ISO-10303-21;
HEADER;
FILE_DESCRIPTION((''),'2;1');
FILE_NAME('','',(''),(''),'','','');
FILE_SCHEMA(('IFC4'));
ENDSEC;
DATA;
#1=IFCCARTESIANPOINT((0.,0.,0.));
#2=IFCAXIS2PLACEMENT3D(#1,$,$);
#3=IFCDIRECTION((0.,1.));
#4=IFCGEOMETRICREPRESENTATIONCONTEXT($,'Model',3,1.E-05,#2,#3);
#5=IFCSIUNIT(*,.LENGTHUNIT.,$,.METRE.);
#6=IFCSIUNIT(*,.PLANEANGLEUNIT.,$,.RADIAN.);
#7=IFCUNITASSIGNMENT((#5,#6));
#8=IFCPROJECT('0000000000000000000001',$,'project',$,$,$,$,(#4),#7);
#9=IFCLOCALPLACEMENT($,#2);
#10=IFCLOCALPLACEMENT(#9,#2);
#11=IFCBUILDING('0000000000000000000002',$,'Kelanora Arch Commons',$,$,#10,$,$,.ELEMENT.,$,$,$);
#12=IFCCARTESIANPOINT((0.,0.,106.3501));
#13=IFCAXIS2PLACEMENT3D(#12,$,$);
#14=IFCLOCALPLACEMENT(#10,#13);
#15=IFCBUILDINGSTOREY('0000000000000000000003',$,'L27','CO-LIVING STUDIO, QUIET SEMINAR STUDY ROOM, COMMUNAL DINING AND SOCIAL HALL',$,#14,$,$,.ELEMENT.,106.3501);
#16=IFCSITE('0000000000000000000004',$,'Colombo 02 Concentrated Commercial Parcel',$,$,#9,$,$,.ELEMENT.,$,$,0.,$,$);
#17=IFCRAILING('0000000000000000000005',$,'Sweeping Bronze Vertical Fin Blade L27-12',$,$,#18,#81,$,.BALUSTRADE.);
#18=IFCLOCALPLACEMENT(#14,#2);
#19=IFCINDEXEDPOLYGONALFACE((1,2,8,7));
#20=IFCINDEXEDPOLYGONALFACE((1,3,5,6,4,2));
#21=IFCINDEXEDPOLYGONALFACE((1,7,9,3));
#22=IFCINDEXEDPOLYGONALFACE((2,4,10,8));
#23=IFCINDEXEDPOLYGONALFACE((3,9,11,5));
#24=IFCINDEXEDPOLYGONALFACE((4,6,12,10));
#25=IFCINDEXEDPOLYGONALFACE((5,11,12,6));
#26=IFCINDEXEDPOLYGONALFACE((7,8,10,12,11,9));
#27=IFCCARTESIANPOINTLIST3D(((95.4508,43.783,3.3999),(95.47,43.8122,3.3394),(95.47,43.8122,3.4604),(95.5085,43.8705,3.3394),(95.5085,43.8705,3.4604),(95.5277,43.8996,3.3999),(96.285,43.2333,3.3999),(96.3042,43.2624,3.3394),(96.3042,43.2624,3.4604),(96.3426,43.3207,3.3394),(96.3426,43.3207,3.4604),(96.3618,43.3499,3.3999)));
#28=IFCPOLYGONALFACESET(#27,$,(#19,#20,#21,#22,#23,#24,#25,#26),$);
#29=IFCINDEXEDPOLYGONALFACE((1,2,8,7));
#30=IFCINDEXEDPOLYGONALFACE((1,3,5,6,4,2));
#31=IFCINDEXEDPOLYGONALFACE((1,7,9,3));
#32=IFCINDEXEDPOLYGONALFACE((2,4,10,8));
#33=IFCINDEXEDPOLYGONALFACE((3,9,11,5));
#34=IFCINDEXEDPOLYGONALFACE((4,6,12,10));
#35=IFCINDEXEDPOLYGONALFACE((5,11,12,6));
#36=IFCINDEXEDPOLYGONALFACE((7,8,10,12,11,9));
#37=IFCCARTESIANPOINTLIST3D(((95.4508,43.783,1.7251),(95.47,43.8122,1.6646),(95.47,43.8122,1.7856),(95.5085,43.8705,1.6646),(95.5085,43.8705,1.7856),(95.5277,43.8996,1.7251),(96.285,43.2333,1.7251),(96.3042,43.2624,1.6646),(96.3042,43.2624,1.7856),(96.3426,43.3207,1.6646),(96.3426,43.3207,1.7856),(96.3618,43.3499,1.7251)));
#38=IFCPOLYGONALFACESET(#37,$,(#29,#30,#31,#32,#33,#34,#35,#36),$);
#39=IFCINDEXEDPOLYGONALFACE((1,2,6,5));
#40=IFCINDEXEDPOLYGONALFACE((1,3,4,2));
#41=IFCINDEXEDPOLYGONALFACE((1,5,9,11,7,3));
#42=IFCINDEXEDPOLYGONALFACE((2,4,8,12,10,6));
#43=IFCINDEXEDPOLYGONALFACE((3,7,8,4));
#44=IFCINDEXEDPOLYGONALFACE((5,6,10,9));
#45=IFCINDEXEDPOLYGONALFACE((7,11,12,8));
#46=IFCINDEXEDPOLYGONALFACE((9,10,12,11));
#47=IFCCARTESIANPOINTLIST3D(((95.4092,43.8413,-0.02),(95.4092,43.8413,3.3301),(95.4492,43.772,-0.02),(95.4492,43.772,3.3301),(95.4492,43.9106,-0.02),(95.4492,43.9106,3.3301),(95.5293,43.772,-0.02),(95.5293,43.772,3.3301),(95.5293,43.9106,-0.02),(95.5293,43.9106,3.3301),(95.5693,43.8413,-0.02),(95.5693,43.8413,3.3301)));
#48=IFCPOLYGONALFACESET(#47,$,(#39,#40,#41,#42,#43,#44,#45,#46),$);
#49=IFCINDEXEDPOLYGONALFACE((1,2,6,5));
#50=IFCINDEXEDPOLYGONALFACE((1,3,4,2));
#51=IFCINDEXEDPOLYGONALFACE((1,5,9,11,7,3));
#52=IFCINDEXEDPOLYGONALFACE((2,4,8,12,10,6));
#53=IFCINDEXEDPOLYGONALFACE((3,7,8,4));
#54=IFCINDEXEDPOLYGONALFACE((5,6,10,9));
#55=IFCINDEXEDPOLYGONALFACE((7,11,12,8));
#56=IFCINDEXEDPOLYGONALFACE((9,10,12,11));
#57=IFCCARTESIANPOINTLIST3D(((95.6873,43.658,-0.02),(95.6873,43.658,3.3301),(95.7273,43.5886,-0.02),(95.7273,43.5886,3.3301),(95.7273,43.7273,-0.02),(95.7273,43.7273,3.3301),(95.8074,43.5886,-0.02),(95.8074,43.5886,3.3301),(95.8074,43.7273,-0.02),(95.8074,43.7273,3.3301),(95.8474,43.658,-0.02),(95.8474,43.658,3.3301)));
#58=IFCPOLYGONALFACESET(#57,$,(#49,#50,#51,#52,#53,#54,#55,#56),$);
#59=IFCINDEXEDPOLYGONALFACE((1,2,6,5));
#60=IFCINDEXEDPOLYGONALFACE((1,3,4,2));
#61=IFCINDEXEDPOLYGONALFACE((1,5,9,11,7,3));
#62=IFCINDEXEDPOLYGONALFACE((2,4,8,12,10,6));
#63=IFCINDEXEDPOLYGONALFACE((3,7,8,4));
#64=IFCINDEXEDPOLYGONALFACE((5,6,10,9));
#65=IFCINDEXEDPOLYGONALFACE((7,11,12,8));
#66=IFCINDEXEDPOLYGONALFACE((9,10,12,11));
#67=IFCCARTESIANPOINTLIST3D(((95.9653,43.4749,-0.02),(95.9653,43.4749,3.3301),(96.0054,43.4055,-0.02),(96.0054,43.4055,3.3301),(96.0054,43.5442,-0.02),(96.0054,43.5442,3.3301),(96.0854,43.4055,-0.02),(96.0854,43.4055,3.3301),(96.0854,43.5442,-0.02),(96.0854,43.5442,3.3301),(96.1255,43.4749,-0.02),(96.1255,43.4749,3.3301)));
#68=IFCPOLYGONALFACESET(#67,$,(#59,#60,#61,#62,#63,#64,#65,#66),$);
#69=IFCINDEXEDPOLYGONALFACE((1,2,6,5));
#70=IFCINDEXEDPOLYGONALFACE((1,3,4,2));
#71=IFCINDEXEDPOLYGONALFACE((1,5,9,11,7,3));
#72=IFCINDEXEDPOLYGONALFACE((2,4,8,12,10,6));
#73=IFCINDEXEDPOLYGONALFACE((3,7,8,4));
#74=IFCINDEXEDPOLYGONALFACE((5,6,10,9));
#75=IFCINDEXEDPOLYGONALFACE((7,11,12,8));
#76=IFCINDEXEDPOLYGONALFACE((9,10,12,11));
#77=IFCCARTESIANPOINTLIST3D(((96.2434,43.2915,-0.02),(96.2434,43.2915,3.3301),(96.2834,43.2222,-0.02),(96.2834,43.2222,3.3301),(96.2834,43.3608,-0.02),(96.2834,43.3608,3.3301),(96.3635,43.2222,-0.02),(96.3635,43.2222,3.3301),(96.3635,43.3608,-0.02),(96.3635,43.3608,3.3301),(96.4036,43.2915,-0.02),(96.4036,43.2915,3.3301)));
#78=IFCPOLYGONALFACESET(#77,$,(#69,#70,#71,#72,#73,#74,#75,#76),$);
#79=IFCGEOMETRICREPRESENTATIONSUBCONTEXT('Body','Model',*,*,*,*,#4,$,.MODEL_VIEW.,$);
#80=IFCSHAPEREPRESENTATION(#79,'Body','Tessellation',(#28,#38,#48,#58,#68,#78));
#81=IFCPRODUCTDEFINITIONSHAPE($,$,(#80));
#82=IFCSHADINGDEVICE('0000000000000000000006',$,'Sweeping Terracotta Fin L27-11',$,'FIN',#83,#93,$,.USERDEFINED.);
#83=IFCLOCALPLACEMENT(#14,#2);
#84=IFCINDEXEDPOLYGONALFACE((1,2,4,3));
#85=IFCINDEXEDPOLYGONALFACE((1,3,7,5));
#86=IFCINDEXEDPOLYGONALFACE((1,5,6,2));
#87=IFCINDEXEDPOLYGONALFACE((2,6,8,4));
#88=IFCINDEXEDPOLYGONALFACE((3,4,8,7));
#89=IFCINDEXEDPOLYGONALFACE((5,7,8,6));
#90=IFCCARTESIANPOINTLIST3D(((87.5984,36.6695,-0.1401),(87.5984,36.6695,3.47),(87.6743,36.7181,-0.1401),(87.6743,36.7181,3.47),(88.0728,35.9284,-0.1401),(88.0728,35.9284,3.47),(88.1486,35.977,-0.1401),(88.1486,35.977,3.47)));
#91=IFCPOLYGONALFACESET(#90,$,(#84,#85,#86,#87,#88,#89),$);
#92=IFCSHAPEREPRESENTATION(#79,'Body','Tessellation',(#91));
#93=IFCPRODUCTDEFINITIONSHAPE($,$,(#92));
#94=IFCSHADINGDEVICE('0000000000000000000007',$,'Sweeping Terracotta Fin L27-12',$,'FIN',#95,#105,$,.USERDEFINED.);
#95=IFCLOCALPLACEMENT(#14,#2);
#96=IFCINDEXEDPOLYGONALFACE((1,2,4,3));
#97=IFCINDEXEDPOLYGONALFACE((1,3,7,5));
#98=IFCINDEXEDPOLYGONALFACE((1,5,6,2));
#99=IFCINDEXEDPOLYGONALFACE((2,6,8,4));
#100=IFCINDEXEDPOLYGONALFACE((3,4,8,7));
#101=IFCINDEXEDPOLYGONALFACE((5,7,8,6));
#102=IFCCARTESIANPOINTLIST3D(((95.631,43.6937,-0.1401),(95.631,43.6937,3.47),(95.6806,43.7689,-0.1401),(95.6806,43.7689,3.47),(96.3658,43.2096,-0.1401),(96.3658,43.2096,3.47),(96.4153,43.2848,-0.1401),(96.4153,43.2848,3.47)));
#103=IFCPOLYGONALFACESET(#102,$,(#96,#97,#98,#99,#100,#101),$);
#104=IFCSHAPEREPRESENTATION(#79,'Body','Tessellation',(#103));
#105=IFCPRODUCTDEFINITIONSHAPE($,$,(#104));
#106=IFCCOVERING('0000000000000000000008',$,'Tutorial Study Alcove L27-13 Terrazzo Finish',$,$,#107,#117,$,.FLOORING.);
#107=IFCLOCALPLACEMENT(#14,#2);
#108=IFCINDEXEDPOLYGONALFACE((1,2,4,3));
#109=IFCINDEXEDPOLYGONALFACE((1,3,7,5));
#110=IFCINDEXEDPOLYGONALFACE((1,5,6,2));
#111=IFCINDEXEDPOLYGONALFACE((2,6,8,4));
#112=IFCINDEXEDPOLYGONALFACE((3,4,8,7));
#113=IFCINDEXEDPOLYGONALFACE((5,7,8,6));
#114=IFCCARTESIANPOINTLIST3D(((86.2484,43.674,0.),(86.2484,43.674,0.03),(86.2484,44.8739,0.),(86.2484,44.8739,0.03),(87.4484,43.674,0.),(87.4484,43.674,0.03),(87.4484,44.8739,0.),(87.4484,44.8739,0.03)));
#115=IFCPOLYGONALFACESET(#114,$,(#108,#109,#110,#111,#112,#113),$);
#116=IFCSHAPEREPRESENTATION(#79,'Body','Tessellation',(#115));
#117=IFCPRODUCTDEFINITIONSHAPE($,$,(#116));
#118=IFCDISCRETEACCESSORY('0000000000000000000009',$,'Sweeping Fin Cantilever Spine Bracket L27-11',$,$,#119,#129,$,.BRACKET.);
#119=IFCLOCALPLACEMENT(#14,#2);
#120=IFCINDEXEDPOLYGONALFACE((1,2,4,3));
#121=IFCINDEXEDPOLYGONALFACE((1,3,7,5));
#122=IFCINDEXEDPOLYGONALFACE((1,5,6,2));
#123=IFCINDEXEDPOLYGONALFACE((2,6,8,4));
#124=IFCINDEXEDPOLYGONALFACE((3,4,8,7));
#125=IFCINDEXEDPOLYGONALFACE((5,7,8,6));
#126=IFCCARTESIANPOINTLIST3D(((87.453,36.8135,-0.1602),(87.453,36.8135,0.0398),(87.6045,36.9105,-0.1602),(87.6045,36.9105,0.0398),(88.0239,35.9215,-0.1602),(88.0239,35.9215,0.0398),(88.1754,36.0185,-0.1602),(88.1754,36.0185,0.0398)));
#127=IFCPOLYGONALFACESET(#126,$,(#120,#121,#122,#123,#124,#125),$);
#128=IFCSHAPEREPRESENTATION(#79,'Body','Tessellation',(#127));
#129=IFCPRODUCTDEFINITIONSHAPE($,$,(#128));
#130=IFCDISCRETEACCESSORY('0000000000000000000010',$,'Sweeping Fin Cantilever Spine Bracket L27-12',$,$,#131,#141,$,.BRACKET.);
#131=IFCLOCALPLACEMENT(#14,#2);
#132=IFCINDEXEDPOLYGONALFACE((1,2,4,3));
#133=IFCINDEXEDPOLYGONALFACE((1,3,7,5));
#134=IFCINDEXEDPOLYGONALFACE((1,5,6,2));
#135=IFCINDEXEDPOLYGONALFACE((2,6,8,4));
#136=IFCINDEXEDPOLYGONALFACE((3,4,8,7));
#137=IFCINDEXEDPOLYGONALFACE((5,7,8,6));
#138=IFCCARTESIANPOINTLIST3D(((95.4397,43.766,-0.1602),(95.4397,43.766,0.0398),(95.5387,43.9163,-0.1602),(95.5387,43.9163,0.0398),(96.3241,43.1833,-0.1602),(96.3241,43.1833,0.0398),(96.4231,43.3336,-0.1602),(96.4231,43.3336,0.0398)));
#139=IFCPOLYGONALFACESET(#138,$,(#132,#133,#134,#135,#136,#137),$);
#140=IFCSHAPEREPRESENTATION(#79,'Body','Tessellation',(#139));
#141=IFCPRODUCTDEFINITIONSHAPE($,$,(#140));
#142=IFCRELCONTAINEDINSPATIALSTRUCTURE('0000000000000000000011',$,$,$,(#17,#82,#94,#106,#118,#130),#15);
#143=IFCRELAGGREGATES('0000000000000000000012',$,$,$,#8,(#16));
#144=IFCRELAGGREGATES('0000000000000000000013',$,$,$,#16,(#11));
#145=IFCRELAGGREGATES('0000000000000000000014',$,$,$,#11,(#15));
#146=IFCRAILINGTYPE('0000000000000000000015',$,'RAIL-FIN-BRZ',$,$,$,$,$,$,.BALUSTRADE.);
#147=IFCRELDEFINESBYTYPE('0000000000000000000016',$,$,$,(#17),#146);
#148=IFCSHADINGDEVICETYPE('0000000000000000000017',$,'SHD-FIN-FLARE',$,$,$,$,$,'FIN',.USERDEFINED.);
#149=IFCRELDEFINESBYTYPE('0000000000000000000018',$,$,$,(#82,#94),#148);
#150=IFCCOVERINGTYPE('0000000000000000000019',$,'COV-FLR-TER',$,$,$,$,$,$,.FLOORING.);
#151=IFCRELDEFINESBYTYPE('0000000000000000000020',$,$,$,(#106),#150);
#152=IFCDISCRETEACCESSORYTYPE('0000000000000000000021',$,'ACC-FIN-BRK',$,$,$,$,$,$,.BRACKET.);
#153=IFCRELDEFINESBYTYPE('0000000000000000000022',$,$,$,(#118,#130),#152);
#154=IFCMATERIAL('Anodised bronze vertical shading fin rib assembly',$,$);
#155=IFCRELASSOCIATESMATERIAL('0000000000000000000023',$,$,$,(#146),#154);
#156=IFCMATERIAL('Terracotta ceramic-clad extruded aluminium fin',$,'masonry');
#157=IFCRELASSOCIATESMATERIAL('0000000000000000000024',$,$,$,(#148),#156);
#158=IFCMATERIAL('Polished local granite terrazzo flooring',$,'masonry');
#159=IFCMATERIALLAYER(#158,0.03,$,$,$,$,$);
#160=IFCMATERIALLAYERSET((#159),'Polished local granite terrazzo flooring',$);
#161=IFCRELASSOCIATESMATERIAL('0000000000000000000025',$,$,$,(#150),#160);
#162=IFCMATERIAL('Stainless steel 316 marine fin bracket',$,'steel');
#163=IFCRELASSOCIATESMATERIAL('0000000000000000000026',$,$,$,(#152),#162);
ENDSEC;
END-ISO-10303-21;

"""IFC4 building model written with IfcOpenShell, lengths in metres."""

from ifc_helpers import new_model, si_unit, direction, frame, origin, origin_2d, place, context, subcontext, project, spatial, polyline, rectangle, outline, extrude, source, transform, mapped, material, layer, layer_set, type_object, element, save


model = new_model("IFC4")

# Units and contexts
model_context = context("Model", 3, precision=1e-05, world=origin(), true_north=direction((0.0, 1.0)))
body_context = subcontext(model_context, "Body", "Model", "MODEL_VIEW")
ifc_project = project(units=[si_unit("LENGTHUNIT", "METRE"), si_unit("PLANEANGLEUNIT", "RADIAN")], contexts=[model_context])

# Site, building, storey
site_placement = place(None, origin())
site = spatial("IfcSite", under=ifc_project, at=site_placement, Name="Colombo 02 Concentrated Commercial Parcel", CompositionType="ELEMENT", RefElevation=0.0)
building_placement = place(site_placement, origin())
building = spatial("IfcBuilding", under=site, at=building_placement, Name="Kelanora Arch Commons", CompositionType="ELEMENT")
storey_placement = place(building_placement, frame((0.0, 0.0, 106.3501)))
storey = spatial("IfcBuildingStorey", under=building, at=storey_placement, Name="L27", Description="CO-LIVING STUDIO, QUIET SEMINAR STUDY ROOM, COMMUNAL DINING AND SOCIAL HALL", CompositionType="ELEMENT", Elevation=106.3501)

# Railing
ifc_material_1 = material(Name="Anodised bronze vertical shading fin rib assembly")
railing_type = type_object("IfcRailingType", Name="RAIL-FIN-BRZ", PredefinedType="BALUSTRADE", material=ifc_material_1)
railing_1_placement = place(storey_placement, frame((95.4893, 43.8413, -0.02)))
element("IfcRailing", 1, at=railing_1_placement, inside=storey, type_object=railing_type, Name="Sweeping Bronze Vertical Fin Blade L27-12", PredefinedType="BALUSTRADE", context=body_context, shape_type="SweptSolid", body=[
    extrude(outline(polyline([(0.0698, 0.0), (0.0349, 0.0605), (-0.0349, 0.0605), (-0.0698, 0.0), (-0.0349, -0.0605), (0.0349, -0.0605), (0.0698, 0.0)])), frame((0.0, 0.0, 3.4199), z_axis=(0.834971, -0.550294, 0.0), x_axis=(0.550294, 0.834971, 0.0)), (0.0, 0.0, 1.0), 0.999),
    extrude(outline(polyline([(0.0698, 0.0), (0.0349, 0.0605), (-0.0349, 0.0605), (-0.0698, 0.0), (-0.0349, -0.0605), (0.0349, -0.0605), (0.0698, 0.0)])), frame((0.0, 0.0, 1.7451), z_axis=(0.834971, -0.550294, 0.0), x_axis=(0.550294, 0.834971, 0.0)), (0.0, 0.0, 1.0), 0.999),
    extrude(outline(polyline([(0.0801, 0.0), (0.04, 0.0693), (-0.04, 0.0693), (-0.0801, 0.0), (-0.04, -0.0693), (0.04, -0.0693), (0.0801, 0.0)])), origin(), (0.0, 0.0, 1.0), 3.3501),
    extrude(outline(polyline([(0.0801, 0.0), (0.04, 0.0693), (-0.04, 0.0693), (-0.0801, 0.0), (-0.04, -0.0693), (0.04, -0.0693), (0.0801, 0.0)])), frame((0.2781, -0.1833, 0.0)), (0.0, 0.0, 1.0), 3.3501),
    extrude(outline(polyline([(0.0801, 0.0), (0.04, 0.0693), (-0.04, 0.0693), (-0.0801, 0.0), (-0.04, -0.0693), (0.04, -0.0693), (0.0801, 0.0)])), frame((0.5562, -0.3665, 0.0)), (0.0, 0.0, 1.0), 3.3501),
    extrude(outline(polyline([(0.0801, 0.0), (0.04, 0.0693), (-0.04, 0.0693), (-0.0801, 0.0), (-0.04, -0.0693), (0.04, -0.0693), (0.0801, 0.0)])), frame((0.8342, -0.5498, 0.0)), (0.0, 0.0, 1.0), 3.3501),
])

# Shading devices
ifc_material_2 = material(Name="Terracotta ceramic-clad extruded aluminium fin", Category="masonry")
shading_device_type = type_object("IfcShadingDeviceType", Name="SHD-FIN-FLARE", ElementType="FIN", PredefinedType="USERDEFINED", material=ifc_material_2)
shared_shape_1 = source(origin(), body_context, "Body", "SweptSolid", [
    extrude(rectangle(XDim=0.8799, YDim=0.0901, at=origin_2d()), origin(), (0.0, 0.0, 1.0), 3.6101),
])
for number, where, z_axis, x_axis, name in (
    (2, (87.8735, 36.3232, -0.1401), (0.0, 0.0, 1.0), (0.539065, -0.842264, 0.0), "Sweeping Terracotta Fin L27-11"),
    (3, (96.0232, 43.4893, -0.1401), (0.0, 0.0, 1.0), (0.83504, -0.550189, 0.0), "Sweeping Terracotta Fin L27-12"),
):
    element("IfcShadingDevice", number, at=place(storey_placement, frame(where, z_axis=z_axis, x_axis=x_axis)), inside=storey, type_object=shading_device_type, Name=name, ObjectType="FIN", PredefinedType="USERDEFINED", context=body_context, shape_type="MappedRepresentation", body=[
        mapped(shared_shape_1, transform((0.0, 0.0, 0.0), scale=1.0)),
    ])

# Covering
ifc_material_3 = material(Name="Polished local granite terrazzo flooring", Category="masonry")
ifc_layer_1 = layer(ifc_material_3, 0.03)
ifc_layer_set_1 = layer_set([ifc_layer_1], Name="Polished local granite terrazzo flooring")
covering_type = type_object("IfcCoveringType", Name="COV-FLR-TER", PredefinedType="FLOORING", material=ifc_layer_set_1)
shared_shape_2 = source(origin(), body_context, "Body", "SweptSolid", [
    extrude(rectangle(XDim=1.2, YDim=1.2, at=origin_2d()), origin(), (0.0, 0.0, 1.0), 0.03),
])
covering_placement = place(storey_placement, frame((86.8484, 44.2739, 0.0), z_axis=(0.0, 0.0, 1.0), x_axis=(1.0, 0.0, 0.0)))
element("IfcCovering", 4, at=covering_placement, inside=storey, type_object=covering_type, Name="Tutorial Study Alcove L27-13 Terrazzo Finish", PredefinedType="FLOORING", context=body_context, shape_type="MappedRepresentation", body=[
    mapped(shared_shape_2, transform((0.0, 0.0, 0.0), scale=1.0)),
])

# Discrete accessories
ifc_material_4 = material(Name="Stainless steel 316 marine fin bracket", Category="steel")
discrete_accessory_type = type_object("IfcDiscreteAccessoryType", Name="ACC-FIN-BRK", PredefinedType="BRACKET", material=ifc_material_4)
shared_shape_3 = source(origin(), body_context, "Body", "SweptSolid", [
    extrude(rectangle(XDim=1.0591, YDim=0.1799, at=origin_2d()), origin(), (0.0, 0.0, 1.0), 0.2),
])
for number, where, z_axis, x_axis, name in (
    (5, (87.8142, 36.416, -0.1602), (0.0, 0.0, 1.0), (0.539065, -0.842264, 0.0), "Sweeping Fin Cantilever Spine Bracket L27-11"),
    (6, (95.9314, 43.5498, -0.1602), (0.0, 0.0, 1.0), (0.83504, -0.550189, 0.0), "Sweeping Fin Cantilever Spine Bracket L27-12"),
):
    element("IfcDiscreteAccessory", number, at=place(storey_placement, frame(where, z_axis=z_axis, x_axis=x_axis)), inside=storey, type_object=discrete_accessory_type, Name=name, PredefinedType="BRACKET", context=body_context, shape_type="MappedRepresentation", body=[
        mapped(shared_shape_3, transform((0.0, 0.0, 0.0), scale=1.0)),
    ])

save(model, "model.ifc")
